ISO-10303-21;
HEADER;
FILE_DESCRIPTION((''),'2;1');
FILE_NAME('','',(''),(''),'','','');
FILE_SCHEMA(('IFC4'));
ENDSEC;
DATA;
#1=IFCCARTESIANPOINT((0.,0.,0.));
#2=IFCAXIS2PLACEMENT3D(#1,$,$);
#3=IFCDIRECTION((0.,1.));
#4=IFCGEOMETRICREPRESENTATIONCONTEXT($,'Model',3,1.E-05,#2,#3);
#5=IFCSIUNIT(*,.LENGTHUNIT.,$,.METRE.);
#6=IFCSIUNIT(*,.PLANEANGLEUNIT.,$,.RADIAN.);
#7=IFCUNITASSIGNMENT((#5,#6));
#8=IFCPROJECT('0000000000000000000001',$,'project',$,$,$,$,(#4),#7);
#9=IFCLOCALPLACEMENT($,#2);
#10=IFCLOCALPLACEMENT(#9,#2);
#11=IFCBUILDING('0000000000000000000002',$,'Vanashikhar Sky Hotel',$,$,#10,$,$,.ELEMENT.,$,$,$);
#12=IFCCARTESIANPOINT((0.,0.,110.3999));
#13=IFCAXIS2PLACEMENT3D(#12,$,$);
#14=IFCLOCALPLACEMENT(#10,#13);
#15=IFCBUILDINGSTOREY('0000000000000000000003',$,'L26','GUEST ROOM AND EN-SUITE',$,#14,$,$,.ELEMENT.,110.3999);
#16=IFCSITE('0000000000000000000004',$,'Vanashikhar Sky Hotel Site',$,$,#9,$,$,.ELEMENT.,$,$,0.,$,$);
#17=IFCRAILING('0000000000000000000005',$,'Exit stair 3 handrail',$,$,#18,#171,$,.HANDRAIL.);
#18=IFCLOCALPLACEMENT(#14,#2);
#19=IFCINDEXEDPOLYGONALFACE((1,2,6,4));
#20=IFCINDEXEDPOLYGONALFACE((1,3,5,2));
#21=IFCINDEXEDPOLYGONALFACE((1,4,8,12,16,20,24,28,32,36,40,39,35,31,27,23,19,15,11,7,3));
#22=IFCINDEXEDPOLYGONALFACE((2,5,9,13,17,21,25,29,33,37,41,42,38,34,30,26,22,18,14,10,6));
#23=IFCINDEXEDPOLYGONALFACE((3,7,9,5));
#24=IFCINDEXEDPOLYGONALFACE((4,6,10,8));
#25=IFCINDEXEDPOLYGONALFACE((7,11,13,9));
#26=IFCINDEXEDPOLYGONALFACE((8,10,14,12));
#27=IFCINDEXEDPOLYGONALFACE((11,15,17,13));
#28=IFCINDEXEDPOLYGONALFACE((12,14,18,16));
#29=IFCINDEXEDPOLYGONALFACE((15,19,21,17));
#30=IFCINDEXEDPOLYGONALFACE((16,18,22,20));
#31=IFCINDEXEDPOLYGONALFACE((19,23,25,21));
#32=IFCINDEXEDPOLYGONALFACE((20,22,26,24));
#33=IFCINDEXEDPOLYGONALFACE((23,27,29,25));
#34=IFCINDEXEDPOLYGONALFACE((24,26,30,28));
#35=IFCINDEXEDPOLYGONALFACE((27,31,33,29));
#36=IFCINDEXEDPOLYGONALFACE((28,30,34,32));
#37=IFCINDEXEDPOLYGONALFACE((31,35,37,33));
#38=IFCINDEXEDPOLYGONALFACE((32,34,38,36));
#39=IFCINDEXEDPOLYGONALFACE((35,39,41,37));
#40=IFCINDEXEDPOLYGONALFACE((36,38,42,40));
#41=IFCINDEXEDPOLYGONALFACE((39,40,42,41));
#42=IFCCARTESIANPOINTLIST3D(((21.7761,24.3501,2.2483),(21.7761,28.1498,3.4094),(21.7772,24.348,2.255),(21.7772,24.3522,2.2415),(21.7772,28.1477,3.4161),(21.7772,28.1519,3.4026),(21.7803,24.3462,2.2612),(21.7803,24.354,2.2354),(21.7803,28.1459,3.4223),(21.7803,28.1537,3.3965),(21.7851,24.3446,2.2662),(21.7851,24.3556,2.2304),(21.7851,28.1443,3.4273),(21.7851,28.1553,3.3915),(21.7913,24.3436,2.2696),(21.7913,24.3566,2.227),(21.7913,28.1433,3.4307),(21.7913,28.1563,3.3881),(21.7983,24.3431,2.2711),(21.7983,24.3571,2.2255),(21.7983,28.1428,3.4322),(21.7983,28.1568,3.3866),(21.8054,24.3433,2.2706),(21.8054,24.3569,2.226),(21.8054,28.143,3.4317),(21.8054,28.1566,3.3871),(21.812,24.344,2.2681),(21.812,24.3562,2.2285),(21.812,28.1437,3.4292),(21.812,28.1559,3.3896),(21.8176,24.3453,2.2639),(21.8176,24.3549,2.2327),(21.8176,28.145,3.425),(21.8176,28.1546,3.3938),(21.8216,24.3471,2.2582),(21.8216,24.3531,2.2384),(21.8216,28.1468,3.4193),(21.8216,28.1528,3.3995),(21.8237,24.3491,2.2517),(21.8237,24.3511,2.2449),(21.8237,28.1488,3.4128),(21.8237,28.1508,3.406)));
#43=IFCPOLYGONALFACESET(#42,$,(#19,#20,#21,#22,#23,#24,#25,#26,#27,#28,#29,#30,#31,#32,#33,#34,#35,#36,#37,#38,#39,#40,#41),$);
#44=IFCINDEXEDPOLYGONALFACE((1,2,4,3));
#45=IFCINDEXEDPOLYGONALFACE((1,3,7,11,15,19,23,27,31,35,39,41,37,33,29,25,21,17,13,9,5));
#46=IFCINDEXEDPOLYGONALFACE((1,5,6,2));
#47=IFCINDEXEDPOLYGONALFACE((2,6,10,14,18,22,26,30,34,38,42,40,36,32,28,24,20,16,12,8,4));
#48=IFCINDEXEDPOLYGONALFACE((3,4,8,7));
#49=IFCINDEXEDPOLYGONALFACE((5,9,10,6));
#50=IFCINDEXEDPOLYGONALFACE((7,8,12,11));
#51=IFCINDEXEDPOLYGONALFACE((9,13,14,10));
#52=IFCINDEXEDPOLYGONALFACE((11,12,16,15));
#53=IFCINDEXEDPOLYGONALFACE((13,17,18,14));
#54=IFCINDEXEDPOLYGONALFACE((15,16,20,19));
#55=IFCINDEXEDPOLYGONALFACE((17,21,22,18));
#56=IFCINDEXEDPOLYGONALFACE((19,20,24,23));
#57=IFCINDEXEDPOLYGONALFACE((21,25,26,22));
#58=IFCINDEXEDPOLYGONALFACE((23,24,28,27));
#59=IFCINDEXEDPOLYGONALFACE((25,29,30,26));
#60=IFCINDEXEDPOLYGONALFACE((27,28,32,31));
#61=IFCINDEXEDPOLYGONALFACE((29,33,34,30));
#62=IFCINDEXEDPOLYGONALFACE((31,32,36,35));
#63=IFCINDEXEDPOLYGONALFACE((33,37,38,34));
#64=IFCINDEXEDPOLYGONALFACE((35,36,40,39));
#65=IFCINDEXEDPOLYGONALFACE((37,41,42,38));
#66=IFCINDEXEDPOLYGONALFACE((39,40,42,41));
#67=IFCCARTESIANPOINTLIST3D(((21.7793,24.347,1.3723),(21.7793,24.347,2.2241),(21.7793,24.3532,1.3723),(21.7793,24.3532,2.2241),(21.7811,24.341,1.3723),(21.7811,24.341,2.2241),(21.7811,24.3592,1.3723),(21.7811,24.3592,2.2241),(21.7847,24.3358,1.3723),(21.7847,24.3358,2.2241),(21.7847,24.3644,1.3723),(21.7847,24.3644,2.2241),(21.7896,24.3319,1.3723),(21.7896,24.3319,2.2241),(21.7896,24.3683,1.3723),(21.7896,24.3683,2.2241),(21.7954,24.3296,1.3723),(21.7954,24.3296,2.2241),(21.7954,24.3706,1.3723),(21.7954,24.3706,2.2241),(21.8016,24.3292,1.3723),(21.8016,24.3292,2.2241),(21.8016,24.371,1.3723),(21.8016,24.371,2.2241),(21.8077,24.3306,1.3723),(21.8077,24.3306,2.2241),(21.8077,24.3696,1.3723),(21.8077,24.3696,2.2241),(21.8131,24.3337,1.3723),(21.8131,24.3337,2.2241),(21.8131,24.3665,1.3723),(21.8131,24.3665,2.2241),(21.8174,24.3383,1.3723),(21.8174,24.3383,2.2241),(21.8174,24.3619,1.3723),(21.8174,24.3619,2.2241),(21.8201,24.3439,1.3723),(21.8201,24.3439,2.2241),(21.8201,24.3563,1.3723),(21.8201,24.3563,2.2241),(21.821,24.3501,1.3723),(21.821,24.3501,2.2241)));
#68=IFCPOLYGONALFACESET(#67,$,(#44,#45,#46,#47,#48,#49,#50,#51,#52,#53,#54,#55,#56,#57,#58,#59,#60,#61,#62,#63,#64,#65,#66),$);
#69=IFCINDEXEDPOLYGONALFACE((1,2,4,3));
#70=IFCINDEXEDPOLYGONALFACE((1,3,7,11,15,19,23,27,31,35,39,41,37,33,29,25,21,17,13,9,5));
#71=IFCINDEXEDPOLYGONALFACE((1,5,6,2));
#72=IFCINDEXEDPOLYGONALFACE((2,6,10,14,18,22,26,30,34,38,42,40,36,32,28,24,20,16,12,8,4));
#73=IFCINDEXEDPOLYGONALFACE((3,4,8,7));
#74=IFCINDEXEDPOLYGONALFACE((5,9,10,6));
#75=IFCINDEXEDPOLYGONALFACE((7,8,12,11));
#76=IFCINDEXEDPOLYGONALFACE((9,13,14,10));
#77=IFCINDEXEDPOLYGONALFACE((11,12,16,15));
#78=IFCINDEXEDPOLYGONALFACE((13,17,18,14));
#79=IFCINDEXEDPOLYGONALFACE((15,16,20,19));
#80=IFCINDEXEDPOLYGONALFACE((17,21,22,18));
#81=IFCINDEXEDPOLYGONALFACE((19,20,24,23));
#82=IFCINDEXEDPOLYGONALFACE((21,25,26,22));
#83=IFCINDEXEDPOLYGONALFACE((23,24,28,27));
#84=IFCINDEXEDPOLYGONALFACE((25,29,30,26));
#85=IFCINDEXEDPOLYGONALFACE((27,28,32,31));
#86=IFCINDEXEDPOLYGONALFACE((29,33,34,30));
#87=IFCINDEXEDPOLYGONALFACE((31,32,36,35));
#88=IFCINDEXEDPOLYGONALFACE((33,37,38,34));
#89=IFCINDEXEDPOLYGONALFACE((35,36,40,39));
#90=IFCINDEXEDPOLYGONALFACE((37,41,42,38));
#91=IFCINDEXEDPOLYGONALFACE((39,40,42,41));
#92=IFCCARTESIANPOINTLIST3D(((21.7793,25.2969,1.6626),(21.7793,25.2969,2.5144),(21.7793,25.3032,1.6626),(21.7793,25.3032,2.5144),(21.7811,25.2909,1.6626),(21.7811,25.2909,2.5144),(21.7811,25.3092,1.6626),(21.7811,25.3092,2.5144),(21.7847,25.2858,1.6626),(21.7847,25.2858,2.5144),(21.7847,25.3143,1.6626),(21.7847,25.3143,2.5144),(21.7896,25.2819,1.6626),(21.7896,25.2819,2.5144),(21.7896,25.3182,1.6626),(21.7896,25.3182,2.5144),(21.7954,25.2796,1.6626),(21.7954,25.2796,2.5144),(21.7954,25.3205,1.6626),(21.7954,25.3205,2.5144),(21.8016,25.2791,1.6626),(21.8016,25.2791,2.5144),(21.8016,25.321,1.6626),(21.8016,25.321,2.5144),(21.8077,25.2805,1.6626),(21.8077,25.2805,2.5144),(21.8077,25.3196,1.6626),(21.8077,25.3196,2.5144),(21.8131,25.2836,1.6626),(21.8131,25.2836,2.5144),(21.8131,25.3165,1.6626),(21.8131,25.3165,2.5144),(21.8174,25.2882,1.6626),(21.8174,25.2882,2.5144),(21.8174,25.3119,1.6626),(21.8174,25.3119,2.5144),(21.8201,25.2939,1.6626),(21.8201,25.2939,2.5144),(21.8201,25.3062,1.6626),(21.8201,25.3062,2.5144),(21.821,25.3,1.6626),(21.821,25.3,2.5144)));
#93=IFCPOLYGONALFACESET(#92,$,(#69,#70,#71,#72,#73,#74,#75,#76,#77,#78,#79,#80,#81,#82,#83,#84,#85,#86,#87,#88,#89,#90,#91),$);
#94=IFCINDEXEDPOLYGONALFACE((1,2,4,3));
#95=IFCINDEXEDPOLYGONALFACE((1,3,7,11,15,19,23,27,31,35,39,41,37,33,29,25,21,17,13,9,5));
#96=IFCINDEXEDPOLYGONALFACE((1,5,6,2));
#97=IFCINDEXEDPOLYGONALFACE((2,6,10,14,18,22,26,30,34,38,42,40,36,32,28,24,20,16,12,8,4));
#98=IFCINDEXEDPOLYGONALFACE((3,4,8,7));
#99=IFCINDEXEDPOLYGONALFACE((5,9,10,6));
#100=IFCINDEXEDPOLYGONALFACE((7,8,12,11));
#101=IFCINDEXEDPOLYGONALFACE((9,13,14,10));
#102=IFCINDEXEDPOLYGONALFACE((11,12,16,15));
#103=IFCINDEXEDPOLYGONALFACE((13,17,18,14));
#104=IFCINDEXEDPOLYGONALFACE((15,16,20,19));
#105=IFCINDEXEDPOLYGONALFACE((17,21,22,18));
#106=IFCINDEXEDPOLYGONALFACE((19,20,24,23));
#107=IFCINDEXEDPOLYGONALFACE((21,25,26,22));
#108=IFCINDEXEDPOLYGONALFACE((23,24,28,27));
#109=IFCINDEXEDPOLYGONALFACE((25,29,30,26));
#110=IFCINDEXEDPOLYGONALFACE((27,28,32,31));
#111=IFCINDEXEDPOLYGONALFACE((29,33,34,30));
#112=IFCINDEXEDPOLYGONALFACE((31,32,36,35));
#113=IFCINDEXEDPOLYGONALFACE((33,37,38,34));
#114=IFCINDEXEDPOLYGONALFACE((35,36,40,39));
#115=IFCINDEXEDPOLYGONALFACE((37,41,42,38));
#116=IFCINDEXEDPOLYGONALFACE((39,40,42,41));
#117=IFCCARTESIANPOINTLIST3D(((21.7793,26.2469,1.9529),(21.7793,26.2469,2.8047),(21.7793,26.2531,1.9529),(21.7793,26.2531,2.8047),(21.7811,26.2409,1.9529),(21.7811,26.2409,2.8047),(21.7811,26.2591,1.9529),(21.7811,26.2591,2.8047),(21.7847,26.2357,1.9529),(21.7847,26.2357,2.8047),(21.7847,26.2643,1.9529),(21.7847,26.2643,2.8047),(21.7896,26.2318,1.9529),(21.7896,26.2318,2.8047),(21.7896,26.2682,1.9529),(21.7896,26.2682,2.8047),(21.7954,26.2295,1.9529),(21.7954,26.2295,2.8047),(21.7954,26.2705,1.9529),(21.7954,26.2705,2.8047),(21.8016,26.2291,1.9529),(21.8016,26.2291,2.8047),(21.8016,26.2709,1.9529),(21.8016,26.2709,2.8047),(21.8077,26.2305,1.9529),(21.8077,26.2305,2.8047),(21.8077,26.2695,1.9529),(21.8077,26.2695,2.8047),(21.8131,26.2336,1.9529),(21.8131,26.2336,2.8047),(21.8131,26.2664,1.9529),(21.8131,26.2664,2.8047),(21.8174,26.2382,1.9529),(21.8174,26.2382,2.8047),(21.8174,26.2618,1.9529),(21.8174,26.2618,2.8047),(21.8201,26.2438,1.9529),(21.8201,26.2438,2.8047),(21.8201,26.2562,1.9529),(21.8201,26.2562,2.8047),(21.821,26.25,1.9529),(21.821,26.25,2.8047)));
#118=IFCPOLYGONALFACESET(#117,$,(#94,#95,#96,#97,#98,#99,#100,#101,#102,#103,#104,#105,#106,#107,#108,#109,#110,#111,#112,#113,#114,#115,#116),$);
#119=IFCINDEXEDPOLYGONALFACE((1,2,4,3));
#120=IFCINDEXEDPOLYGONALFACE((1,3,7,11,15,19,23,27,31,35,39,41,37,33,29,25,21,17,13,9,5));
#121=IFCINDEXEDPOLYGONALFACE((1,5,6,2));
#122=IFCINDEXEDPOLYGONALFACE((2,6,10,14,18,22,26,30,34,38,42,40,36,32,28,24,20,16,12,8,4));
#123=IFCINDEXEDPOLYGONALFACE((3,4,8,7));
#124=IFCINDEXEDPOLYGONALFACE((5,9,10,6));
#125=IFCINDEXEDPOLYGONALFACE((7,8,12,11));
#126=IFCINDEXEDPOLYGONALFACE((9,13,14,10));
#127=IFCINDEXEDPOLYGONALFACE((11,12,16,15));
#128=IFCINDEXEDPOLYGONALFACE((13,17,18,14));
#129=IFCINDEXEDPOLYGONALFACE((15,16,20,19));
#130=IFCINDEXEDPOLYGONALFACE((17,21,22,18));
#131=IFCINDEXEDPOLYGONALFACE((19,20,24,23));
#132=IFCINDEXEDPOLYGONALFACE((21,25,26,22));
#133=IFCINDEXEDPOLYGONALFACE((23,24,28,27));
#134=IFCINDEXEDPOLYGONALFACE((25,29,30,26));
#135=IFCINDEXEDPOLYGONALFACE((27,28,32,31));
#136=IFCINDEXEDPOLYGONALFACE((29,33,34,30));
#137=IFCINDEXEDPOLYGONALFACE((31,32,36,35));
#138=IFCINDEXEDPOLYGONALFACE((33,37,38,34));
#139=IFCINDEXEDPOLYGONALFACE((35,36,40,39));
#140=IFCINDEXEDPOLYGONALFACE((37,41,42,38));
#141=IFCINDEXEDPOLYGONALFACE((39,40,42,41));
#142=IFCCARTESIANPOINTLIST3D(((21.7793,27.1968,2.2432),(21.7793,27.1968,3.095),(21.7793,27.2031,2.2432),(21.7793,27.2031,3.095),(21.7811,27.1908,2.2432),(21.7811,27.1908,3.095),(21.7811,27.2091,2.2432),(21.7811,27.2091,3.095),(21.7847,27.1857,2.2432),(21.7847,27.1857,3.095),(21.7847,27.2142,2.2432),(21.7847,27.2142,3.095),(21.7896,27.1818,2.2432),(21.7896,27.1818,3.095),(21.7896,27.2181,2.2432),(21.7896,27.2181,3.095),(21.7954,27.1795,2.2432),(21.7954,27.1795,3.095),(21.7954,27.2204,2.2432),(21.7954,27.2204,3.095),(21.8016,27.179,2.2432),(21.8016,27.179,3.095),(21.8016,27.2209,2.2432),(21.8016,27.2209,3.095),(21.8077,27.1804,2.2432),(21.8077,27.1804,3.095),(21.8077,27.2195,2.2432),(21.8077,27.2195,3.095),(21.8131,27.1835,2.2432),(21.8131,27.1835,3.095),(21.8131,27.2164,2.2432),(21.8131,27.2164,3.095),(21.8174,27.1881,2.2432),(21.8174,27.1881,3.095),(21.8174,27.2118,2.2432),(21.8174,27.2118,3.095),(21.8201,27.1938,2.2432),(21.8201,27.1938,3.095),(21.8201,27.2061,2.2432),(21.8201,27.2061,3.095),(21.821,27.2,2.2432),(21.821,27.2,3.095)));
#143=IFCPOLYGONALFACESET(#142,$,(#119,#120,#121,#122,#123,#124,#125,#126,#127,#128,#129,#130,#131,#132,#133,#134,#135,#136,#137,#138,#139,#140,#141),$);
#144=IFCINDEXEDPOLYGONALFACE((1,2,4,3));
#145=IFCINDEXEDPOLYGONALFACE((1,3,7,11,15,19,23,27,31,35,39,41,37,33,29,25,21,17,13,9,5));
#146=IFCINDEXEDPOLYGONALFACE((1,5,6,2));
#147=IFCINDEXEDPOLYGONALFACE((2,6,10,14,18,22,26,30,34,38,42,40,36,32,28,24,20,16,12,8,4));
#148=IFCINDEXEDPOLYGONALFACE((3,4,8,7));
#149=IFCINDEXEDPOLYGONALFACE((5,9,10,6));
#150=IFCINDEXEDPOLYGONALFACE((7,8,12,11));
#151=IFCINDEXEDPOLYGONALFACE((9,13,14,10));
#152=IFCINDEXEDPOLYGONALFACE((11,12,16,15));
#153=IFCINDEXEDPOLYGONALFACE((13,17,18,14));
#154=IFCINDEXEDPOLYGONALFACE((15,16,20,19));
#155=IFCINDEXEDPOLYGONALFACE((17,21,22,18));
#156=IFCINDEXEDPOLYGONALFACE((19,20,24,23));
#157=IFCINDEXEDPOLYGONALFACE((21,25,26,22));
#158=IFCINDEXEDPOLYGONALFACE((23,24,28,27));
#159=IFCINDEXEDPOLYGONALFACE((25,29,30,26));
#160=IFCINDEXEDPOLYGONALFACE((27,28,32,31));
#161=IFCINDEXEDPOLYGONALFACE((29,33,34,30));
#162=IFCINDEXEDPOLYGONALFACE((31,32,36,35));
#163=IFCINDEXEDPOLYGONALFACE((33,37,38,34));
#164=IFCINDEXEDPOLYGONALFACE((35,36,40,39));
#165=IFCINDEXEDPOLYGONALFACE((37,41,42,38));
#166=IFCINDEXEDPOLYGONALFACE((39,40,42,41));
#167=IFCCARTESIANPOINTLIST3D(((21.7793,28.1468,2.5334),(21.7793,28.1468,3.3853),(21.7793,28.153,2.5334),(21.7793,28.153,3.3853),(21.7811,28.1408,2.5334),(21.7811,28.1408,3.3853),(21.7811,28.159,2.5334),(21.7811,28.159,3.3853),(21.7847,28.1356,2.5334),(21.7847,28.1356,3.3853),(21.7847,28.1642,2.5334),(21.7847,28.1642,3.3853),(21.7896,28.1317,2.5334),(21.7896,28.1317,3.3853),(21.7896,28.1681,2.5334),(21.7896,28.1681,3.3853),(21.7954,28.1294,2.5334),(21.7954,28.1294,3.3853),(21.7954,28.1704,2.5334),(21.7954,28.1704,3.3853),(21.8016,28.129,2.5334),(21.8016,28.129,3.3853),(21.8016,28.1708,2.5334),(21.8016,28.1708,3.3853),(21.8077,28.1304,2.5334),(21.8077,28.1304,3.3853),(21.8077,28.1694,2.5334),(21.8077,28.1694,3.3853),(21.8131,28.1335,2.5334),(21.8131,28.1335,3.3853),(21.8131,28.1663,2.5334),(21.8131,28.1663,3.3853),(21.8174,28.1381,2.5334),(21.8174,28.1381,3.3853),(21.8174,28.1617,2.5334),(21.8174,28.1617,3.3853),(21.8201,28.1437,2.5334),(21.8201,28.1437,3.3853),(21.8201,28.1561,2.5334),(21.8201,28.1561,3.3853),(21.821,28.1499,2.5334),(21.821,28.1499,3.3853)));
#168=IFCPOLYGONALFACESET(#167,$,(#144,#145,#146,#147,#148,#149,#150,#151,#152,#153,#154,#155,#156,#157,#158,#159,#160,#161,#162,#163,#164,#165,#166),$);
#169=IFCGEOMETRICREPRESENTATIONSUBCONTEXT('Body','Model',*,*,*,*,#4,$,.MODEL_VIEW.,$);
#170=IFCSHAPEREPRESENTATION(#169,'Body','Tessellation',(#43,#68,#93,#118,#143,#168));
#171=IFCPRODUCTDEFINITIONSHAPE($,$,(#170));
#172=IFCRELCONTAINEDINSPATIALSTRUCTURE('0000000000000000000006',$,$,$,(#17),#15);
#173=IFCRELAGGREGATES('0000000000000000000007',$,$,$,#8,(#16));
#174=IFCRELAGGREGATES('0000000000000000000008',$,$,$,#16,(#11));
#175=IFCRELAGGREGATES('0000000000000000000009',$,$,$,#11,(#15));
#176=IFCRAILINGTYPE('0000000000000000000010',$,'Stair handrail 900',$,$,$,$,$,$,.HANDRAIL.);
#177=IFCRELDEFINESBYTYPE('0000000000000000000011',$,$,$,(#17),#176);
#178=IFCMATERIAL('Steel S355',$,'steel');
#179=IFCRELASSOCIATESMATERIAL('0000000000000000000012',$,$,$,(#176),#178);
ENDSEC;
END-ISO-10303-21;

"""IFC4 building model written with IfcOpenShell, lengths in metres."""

from ifc_helpers import new_model, si_unit, direction, frame, origin, origin_2d, place, context, subcontext, project, spatial, circle, extrude, source, transform, mapped, material, type_object, element, save


model = new_model("IFC4")

# Units and contexts
model_context = context("Model", 3, precision=1e-05, world=origin(), true_north=direction((0.0, 1.0)))
body_context = subcontext(model_context, "Body", "Model", "MODEL_VIEW")
ifc_project = project(units=[si_unit("LENGTHUNIT", "METRE"), si_unit("PLANEANGLEUNIT", "RADIAN")], contexts=[model_context])

# Site, building, storey
site_placement = place(None, origin())
site = spatial("IfcSite", under=ifc_project, at=site_placement, Name="Vanashikhar Sky Hotel Site", CompositionType="ELEMENT", RefElevation=0.0)
building_placement = place(site_placement, origin())
building = spatial("IfcBuilding", under=site, at=building_placement, Name="Vanashikhar Sky Hotel", CompositionType="ELEMENT")
storey_placement = place(building_placement, frame((0.0, 0.0, 110.3999)))
storey = spatial("IfcBuildingStorey", under=building, at=storey_placement, Name="L26", Description="GUEST ROOM AND EN-SUITE", CompositionType="ELEMENT", Elevation=110.3999)

# Railing
ifc_material_1 = material(Name="Steel S355", Category="steel")
railing_type = type_object("IfcRailingType", Name="Stair handrail 900", PredefinedType="HANDRAIL", material=ifc_material_1)
shared_shape_1 = source(origin(), body_context, "Body", "SweptSolid", [
    extrude(circle(Radius=0.0239, at=origin_2d()), frame((0.0, 0.0, 0.876), z_axis=(0.0, 0.956346, 0.292237), x_axis=(-1.0, 0.0, 0.0)), (0.0, 0.0, 1.0), 3.9731),
    extrude(circle(Radius=0.021, at=origin_2d()), origin(), (0.0, 0.0, 1.0), 0.8518),
    extrude(circle(Radius=0.021, at=origin_2d()), frame((0.0, 0.95, 0.2903)), (0.0, 0.0, 1.0), 0.8518),
    extrude(circle(Radius=0.021, at=origin_2d()), frame((0.0, 1.8999, 0.5806)), (0.0, 0.0, 1.0), 0.8518),
    extrude(circle(Radius=0.021, at=origin_2d()), frame((0.0, 2.8499, 0.8708)), (0.0, 0.0, 1.0), 0.8518),
    extrude(circle(Radius=0.021, at=origin_2d()), frame((0.0, 3.7998, 1.1611)), (0.0, 0.0, 1.0), 0.8518),
])
railing_placement = place(storey_placement, frame((21.8, 24.3501, 1.3723)))
element("IfcRailing", 1, at=railing_placement, inside=storey, type_object=railing_type, Name="Exit stair 3 handrail", PredefinedType="HANDRAIL", context=body_context, shape_type="MappedRepresentation", body=[
    mapped(shared_shape_1, transform((0.0, 0.0, 0.0), scale=1.0)),
])

save(model, "model.ifc")
